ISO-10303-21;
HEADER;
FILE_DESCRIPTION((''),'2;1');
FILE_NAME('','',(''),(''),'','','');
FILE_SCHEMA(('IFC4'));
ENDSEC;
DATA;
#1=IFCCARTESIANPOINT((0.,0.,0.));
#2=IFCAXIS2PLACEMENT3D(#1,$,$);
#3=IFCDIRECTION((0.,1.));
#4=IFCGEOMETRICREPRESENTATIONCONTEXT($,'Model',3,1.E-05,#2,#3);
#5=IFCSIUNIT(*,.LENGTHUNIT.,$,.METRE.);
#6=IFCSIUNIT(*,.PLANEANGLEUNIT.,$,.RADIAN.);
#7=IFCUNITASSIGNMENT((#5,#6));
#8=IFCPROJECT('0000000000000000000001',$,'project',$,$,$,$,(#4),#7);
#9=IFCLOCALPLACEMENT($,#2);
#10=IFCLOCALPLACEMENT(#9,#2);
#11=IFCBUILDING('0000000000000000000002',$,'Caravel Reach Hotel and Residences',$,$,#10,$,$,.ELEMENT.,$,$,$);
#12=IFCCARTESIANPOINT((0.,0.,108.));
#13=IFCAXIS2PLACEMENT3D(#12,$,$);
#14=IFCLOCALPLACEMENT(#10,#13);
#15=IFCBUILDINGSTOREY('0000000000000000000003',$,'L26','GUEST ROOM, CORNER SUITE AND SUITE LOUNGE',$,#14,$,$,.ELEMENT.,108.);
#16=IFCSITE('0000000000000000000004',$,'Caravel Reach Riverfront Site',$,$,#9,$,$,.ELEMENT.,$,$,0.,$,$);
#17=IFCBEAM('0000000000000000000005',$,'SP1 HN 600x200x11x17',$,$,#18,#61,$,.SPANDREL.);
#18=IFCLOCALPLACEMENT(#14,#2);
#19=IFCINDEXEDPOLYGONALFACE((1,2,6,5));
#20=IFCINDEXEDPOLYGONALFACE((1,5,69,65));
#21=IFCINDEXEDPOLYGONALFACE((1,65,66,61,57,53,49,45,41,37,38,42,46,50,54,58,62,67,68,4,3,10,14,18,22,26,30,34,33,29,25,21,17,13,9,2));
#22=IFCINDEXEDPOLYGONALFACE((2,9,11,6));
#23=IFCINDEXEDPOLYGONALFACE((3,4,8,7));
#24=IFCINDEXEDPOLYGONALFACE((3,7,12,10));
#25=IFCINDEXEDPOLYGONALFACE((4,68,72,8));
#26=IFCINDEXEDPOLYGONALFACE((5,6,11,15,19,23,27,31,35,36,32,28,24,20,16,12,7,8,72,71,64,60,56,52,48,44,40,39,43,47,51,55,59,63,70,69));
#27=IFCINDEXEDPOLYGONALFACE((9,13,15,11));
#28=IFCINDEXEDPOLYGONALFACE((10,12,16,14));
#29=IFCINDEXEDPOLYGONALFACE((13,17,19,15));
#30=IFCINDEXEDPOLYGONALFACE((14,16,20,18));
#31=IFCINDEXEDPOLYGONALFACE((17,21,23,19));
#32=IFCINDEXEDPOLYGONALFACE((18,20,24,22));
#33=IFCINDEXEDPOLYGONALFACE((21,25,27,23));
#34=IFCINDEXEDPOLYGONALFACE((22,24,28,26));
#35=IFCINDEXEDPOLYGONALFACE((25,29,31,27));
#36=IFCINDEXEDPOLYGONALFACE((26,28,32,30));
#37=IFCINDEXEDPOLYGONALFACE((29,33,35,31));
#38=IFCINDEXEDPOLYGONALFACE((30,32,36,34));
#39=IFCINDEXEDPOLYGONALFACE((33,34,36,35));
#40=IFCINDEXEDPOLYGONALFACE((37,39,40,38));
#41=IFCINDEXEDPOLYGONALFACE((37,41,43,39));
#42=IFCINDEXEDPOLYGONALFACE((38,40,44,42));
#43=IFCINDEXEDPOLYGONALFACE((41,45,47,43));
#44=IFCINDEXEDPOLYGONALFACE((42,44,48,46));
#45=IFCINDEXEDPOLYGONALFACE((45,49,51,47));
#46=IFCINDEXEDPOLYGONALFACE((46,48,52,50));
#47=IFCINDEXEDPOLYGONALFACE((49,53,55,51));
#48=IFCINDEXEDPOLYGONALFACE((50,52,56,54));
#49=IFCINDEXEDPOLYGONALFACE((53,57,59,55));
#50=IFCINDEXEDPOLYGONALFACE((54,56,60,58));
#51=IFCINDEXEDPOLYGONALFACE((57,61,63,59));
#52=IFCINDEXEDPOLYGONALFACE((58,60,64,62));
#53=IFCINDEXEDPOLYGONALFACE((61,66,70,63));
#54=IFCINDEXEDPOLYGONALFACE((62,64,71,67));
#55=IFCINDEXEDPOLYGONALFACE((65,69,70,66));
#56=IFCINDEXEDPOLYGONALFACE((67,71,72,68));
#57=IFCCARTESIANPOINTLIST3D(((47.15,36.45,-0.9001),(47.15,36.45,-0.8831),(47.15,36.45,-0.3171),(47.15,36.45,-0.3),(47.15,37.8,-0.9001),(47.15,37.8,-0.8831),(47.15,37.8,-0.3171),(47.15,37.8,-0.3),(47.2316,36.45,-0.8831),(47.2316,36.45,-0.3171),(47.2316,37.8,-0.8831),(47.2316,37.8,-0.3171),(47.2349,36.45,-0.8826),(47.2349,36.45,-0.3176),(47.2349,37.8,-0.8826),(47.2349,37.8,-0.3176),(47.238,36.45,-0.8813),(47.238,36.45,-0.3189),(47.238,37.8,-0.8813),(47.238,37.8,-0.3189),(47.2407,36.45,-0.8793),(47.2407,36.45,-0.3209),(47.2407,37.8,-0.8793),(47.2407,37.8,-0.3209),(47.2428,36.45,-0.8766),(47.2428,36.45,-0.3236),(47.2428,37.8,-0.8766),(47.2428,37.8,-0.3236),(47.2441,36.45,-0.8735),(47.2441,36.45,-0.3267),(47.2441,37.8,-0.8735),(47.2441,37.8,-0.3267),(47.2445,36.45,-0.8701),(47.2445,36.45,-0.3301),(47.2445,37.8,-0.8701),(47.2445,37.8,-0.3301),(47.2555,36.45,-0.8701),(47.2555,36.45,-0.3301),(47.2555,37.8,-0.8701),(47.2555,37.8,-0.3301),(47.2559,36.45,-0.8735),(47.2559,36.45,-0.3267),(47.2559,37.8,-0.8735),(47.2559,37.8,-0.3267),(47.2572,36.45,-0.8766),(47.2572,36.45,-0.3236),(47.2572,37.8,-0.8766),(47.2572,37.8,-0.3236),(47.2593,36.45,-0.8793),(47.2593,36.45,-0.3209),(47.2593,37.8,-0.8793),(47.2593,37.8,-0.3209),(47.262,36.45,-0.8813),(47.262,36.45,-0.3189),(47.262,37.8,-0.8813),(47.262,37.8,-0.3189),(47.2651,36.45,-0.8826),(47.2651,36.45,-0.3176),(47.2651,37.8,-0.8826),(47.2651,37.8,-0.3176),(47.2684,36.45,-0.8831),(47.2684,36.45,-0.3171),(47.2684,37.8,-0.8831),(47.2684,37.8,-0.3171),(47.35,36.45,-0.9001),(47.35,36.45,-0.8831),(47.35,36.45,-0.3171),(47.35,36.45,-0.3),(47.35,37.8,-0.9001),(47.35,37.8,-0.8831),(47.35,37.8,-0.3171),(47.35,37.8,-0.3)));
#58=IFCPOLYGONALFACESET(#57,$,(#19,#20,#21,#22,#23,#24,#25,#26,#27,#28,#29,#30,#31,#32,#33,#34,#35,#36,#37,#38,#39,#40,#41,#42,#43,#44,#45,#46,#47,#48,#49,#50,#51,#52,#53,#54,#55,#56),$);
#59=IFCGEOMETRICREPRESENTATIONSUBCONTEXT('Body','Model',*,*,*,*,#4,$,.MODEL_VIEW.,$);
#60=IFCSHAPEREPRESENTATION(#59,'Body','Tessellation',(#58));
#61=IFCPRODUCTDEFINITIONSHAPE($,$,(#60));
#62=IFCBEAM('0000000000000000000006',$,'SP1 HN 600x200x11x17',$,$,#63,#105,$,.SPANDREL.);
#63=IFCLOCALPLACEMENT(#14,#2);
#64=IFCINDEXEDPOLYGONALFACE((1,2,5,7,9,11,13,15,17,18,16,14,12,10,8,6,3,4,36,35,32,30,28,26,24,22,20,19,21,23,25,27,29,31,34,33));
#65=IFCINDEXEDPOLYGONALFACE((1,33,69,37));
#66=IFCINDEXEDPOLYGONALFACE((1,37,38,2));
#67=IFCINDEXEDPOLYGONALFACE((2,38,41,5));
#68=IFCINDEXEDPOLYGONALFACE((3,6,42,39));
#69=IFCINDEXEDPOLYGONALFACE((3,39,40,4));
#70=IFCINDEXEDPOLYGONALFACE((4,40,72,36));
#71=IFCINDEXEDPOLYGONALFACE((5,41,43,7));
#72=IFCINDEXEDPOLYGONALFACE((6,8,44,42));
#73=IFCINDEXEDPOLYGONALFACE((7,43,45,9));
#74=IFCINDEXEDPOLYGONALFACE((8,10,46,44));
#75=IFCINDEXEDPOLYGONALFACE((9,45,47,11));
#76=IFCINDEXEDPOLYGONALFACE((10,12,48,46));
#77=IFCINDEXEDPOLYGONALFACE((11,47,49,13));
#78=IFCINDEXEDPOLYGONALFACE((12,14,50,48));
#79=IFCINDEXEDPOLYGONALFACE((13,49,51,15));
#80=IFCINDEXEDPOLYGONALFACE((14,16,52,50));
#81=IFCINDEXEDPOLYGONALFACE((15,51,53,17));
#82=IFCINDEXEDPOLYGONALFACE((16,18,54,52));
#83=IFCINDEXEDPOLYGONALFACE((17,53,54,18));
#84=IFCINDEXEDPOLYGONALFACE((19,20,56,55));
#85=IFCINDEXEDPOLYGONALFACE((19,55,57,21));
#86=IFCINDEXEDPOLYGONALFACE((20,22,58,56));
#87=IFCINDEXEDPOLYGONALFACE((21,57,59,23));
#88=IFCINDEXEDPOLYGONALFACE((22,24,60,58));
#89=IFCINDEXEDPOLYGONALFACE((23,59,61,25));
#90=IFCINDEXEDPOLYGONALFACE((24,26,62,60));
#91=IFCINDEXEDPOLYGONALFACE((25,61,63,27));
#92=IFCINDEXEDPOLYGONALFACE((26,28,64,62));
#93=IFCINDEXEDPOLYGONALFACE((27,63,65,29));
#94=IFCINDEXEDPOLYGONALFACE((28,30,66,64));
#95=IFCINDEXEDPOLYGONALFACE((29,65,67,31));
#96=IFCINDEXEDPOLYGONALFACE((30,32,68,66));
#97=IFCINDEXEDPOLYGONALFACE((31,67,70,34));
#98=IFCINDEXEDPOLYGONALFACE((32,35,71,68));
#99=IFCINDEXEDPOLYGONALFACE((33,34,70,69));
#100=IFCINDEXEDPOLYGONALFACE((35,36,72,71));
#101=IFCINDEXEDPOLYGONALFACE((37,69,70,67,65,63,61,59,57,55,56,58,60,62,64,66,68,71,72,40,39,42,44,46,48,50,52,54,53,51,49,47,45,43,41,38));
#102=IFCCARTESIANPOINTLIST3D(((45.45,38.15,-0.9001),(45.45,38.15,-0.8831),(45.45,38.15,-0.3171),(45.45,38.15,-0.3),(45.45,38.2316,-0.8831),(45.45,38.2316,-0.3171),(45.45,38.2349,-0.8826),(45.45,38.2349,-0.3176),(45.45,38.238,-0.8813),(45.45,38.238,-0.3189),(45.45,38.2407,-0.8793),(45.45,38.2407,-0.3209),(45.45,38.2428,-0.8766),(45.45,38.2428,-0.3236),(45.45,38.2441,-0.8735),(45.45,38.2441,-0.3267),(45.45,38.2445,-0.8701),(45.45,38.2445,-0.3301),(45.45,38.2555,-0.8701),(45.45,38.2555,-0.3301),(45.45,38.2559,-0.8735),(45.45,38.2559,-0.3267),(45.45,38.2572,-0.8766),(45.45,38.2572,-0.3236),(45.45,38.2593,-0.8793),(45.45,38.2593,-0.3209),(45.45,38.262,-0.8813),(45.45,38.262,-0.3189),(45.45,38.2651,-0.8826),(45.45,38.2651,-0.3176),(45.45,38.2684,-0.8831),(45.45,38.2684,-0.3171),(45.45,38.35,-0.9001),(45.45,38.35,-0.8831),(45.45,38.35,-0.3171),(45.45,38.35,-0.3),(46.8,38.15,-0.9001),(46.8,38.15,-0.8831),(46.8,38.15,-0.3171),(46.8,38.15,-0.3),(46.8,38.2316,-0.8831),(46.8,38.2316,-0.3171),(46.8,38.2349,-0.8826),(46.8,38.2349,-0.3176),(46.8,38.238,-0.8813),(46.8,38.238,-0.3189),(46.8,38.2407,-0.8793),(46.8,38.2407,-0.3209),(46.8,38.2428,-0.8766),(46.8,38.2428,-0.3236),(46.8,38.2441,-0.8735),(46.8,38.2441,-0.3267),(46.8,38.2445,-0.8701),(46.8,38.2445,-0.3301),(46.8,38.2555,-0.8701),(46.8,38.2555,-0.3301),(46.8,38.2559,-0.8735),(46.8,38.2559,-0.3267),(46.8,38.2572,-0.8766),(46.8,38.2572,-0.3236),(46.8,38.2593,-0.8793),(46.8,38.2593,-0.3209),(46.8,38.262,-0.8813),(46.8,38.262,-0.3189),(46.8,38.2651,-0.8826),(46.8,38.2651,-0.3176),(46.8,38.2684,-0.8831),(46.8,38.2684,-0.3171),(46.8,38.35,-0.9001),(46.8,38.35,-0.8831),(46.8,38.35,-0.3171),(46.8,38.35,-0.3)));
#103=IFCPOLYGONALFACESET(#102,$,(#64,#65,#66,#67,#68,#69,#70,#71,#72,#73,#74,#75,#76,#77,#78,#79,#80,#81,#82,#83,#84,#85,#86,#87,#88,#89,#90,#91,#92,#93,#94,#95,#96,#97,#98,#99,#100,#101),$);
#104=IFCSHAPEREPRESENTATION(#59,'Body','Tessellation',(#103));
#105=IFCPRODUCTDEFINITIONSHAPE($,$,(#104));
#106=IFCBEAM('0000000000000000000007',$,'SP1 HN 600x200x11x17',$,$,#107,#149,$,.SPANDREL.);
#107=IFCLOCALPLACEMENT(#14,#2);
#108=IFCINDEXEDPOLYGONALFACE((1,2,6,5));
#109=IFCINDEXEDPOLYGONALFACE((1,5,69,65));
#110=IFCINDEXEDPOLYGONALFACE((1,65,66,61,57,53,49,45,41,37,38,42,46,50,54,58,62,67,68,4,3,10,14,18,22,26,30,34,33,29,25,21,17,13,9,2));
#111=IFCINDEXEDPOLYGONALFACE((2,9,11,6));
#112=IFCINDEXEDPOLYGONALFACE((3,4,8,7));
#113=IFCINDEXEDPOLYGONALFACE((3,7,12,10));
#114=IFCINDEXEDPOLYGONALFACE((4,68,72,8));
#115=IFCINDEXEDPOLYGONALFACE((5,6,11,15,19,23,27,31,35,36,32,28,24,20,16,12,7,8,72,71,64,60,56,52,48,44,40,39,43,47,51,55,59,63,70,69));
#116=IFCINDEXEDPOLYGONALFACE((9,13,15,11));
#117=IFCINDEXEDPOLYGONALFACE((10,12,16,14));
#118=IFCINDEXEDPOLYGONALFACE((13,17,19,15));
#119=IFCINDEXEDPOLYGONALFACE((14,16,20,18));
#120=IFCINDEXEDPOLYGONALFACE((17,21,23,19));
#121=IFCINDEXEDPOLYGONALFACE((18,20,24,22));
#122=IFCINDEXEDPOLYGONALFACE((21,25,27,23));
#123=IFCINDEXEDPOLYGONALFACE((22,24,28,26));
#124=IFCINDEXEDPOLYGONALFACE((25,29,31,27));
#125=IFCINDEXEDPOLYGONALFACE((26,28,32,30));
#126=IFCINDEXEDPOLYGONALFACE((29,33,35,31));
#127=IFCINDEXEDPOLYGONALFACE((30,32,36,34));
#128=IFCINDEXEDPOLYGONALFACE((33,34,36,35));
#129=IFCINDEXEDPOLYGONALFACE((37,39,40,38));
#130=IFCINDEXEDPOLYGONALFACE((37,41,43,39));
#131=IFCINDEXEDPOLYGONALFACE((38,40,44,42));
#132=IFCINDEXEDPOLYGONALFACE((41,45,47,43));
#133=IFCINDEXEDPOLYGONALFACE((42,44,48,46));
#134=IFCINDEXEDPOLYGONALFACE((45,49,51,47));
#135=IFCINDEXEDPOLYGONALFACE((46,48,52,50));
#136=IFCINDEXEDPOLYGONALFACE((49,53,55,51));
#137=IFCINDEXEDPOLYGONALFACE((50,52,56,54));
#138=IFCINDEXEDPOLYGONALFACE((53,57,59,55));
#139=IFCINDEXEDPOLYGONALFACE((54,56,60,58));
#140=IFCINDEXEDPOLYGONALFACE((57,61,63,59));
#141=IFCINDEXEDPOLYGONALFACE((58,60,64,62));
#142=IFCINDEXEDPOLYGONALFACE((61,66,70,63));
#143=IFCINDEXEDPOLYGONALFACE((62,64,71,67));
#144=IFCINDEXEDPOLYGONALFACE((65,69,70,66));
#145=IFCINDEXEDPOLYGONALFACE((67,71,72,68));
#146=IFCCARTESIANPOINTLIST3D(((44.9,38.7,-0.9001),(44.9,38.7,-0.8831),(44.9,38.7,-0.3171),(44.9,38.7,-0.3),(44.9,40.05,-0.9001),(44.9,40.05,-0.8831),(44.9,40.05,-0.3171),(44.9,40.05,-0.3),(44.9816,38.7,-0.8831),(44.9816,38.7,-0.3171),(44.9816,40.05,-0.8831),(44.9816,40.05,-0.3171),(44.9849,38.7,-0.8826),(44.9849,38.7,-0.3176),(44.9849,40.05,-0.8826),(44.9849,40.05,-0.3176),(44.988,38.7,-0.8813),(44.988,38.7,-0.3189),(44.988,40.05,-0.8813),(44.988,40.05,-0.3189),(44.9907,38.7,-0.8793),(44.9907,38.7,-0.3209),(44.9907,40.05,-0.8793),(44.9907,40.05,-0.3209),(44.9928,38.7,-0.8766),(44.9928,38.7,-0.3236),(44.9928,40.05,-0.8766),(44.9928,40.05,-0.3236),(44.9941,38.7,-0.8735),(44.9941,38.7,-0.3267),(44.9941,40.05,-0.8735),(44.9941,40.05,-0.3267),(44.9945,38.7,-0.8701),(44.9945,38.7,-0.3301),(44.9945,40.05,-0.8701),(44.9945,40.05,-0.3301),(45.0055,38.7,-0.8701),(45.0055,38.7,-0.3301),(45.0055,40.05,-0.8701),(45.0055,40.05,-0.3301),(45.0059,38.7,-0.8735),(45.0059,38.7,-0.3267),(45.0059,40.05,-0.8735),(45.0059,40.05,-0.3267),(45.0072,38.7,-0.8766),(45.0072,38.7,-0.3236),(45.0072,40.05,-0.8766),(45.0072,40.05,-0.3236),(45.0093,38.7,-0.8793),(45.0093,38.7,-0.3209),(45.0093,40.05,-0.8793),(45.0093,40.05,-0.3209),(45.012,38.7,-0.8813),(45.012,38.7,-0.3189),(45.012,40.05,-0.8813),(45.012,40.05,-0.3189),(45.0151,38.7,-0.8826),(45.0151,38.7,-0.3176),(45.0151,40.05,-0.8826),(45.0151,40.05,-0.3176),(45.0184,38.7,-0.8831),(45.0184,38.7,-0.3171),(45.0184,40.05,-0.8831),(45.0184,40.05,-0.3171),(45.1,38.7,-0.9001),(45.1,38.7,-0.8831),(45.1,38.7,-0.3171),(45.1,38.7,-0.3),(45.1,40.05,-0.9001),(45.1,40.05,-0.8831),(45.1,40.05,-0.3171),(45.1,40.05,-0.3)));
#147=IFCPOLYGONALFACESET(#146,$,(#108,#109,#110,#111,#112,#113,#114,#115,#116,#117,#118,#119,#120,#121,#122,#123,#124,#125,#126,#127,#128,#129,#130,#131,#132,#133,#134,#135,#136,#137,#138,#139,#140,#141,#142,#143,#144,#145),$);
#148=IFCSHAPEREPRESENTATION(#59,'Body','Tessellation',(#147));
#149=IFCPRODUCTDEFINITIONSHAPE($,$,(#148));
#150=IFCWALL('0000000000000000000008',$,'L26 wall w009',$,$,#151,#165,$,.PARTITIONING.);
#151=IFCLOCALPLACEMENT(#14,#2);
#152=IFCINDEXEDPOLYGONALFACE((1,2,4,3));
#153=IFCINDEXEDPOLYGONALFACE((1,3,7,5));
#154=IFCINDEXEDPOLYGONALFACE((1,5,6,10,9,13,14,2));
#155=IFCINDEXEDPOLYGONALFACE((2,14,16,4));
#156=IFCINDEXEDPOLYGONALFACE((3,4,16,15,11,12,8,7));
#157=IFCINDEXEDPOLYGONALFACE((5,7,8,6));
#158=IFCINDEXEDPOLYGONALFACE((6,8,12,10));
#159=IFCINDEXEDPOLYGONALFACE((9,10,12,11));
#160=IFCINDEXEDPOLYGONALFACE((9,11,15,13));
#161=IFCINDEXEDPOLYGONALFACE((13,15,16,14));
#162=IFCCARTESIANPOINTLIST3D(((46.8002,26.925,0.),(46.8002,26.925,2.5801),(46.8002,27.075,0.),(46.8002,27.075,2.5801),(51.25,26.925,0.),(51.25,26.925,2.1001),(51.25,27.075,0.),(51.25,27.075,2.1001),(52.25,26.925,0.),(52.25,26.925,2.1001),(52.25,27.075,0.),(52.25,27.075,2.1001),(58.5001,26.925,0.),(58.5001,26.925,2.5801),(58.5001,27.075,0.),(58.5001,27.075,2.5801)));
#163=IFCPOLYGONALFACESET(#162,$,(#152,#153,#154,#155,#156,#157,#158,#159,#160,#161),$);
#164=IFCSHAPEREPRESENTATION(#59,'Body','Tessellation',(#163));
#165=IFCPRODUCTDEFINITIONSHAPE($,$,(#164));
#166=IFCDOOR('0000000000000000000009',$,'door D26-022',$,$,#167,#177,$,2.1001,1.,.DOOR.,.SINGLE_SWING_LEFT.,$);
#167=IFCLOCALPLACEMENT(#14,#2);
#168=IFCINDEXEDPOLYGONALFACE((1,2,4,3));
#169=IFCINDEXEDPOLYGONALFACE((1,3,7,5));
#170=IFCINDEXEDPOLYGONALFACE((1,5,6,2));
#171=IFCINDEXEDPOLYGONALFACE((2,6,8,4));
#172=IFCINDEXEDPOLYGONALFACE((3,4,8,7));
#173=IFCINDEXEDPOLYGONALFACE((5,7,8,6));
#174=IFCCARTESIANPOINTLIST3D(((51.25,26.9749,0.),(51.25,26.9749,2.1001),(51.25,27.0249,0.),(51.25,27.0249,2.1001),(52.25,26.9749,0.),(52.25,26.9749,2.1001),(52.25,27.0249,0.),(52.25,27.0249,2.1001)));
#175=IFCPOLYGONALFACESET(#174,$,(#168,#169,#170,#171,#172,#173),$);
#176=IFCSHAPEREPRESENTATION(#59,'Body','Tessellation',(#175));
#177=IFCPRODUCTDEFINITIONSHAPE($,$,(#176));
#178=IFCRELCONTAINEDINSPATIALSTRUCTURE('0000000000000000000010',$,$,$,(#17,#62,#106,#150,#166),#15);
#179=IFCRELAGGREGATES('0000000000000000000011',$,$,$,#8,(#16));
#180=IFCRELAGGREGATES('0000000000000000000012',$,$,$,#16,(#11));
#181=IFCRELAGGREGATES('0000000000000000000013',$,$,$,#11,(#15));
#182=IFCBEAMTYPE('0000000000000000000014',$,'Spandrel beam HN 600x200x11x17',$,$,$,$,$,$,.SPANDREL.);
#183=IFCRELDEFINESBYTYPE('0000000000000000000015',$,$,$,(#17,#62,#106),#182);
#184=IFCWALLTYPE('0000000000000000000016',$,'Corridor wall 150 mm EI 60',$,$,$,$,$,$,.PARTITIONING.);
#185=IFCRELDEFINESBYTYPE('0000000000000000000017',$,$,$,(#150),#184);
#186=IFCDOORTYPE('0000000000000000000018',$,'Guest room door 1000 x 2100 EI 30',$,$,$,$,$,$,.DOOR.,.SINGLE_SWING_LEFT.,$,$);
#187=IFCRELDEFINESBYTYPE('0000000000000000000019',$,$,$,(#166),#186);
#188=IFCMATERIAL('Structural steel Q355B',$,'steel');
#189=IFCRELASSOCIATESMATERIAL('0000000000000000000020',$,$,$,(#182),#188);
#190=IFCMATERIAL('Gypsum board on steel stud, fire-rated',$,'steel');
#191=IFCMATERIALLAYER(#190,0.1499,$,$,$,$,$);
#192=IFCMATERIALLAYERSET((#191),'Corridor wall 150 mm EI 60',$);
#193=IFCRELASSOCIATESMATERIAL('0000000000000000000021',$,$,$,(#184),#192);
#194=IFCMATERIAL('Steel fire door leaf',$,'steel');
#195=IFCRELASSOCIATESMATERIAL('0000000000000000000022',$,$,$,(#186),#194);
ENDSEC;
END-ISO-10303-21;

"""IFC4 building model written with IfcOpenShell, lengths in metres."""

from ifc_helpers import new_model, si_unit, direction, frame, frame_2d, origin, origin_2d, place, context, subcontext, project, spatial, rectangle, i_section, extrude, material, layer, layer_set, material_profile, profile_set, type_object, element, fill, save


model = new_model("IFC4")

# Units and contexts
model_context = context("Model", 3, precision=1e-05, world=origin(), true_north=direction((0.0, 1.0)))
body_context = subcontext(model_context, "Body", "Model", "MODEL_VIEW")
ifc_project = project(units=[si_unit("LENGTHUNIT", "METRE"), si_unit("PLANEANGLEUNIT", "RADIAN")], contexts=[model_context])

# Site, building, storey
site_placement = place(None, origin())
site = spatial("IfcSite", under=ifc_project, at=site_placement, Name="Caravel Reach Riverfront Site", CompositionType="ELEMENT", RefElevation=0.0)
building_placement = place(site_placement, origin())
building = spatial("IfcBuilding", under=site, at=building_placement, Name="Caravel Reach Hotel and Residences", CompositionType="ELEMENT")
storey_placement = place(building_placement, frame((0.0, 0.0, 108.0)))
storey = spatial("IfcBuildingStorey", under=building, at=storey_placement, Name="L26", Description="GUEST ROOM, CORNER SUITE AND SUITE LOUNGE", CompositionType="ELEMENT", Elevation=108.0)

# Beams
ifc_material_1 = material(Name="Structural steel Q355B", Category="steel")
ifc_material_profile_1 = material_profile(ifc_material_1, i_section(OverallWidth=0.2, OverallDepth=0.6001, WebThickness=0.011, FlangeThickness=0.0171, FilletRadius=0.0129, at=origin_2d()), Name="HN 600x200x11x17")
ifc_profile_set_1 = profile_set([ifc_material_profile_1], Name="Structural steel Q355B")
beam_type_1 = type_object("IfcBeamType", Name="Spandrel beam HN 600x200x11x17", PredefinedType="SPANDREL", material=ifc_profile_set_1)
for number, where, z_axis, x_axis, name in (
    (1, (47.25, 36.45, -0.6001), (0.0, 1.0, 0.0), (-1.0, 0.0, 0.0), "SP1 HN 600x200x11x17"),
    (2, (46.8, 38.25, -0.6001), (-1.0, 0.0, 0.0), (0.0, -1.0, 0.0), "SP1 HN 600x200x11x17"),
    (3, (45.0, 38.7, -0.6001), (0.0, 1.0, 0.0), (-1.0, 0.0, 0.0), "SP1 HN 600x200x11x17"),
):
    element("IfcBeam", number, at=place(storey_placement, frame(where, z_axis=z_axis, x_axis=x_axis)), inside=storey, type_object=beam_type_1, Name=name, PredefinedType="SPANDREL", context=body_context, shape_type="SweptSolid", body=[
        extrude(i_section(OverallWidth=0.2, OverallDepth=0.6001, WebThickness=0.011, FlangeThickness=0.0171, FilletRadius=0.0129, at=origin_2d()), origin(), (0.0, 0.0, 1.0), 1.3501),
    ])

# Wall, opening, door
ifc_material_2 = material(Name="Gypsum board on steel stud, fire-rated", Category="steel")
ifc_layer_1 = layer(ifc_material_2, 0.1499)
ifc_layer_set_1 = layer_set([ifc_layer_1], Name="Corridor wall 150 mm EI 60")
wall_type_1 = type_object("IfcWallType", Name="Corridor wall 150 mm EI 60", PredefinedType="PARTITIONING", material=ifc_layer_set_1)
wall_1_placement = place(storey_placement, frame((46.8, 27.0, 0.0), z_axis=(0.0, 0.0, 1.0), x_axis=(1.0, 0.0, 0.0)))
wall_1 = element("IfcWall", 4, at=wall_1_placement, inside=storey, type_object=wall_type_1, Name="L26 wall w009", PredefinedType="PARTITIONING", context=body_context, shape_type="SweptSolid", body=[
    extrude(rectangle(XDim=11.7, YDim=0.1499, at=frame_2d((5.8501, 0.0))), origin(), (0.0, 0.0, 1.0), 2.5801),
])
opening_1_placement = place(wall_1_placement, frame((4.45, 0.0, 0.0)))
opening_1 = element("IfcOpeningElement", 5, at=opening_1_placement, cuts=wall_1, PredefinedType="OPENING", context=body_context, shape_type="SweptSolid", body=[
    extrude(rectangle(XDim=1.0, YDim=2.1001, at=frame_2d((0.5, 1.05))), frame((0.0, 0.085, 0.0), z_axis=(0.0, -1.0, 0.0), x_axis=(1.0, 0.0, 0.0)), (0.0, 0.0, 1.0), 0.1699),
])
ifc_material_3 = material(Name="Steel fire door leaf", Category="steel")
door_type_1 = type_object("IfcDoorType", Name="Guest room door 1000 x 2100 EI 30", OperationType="SINGLE_SWING_LEFT", PredefinedType="DOOR", material=ifc_material_3)
door_1_placement = place(opening_1_placement, origin())
door_1 = element("IfcDoor", 6, at=door_1_placement, inside=storey, type_object=door_type_1, Name="door D26-022", OperationType="SINGLE_SWING_LEFT", OverallHeight=2.1001, OverallWidth=1.0, PredefinedType="DOOR", context=body_context, shape_type="SweptSolid", body=[
    extrude(rectangle(XDim=1.0, YDim=2.1001, at=frame_2d((0.5, 1.05))), frame((0.0, 0.0249, 0.0), z_axis=(0.0, -1.0, 0.0), x_axis=(1.0, 0.0, 0.0)), (0.0, 0.0, 1.0), 0.05),
])
fill(opening_1, door_1)

save(model, "model.ifc")
